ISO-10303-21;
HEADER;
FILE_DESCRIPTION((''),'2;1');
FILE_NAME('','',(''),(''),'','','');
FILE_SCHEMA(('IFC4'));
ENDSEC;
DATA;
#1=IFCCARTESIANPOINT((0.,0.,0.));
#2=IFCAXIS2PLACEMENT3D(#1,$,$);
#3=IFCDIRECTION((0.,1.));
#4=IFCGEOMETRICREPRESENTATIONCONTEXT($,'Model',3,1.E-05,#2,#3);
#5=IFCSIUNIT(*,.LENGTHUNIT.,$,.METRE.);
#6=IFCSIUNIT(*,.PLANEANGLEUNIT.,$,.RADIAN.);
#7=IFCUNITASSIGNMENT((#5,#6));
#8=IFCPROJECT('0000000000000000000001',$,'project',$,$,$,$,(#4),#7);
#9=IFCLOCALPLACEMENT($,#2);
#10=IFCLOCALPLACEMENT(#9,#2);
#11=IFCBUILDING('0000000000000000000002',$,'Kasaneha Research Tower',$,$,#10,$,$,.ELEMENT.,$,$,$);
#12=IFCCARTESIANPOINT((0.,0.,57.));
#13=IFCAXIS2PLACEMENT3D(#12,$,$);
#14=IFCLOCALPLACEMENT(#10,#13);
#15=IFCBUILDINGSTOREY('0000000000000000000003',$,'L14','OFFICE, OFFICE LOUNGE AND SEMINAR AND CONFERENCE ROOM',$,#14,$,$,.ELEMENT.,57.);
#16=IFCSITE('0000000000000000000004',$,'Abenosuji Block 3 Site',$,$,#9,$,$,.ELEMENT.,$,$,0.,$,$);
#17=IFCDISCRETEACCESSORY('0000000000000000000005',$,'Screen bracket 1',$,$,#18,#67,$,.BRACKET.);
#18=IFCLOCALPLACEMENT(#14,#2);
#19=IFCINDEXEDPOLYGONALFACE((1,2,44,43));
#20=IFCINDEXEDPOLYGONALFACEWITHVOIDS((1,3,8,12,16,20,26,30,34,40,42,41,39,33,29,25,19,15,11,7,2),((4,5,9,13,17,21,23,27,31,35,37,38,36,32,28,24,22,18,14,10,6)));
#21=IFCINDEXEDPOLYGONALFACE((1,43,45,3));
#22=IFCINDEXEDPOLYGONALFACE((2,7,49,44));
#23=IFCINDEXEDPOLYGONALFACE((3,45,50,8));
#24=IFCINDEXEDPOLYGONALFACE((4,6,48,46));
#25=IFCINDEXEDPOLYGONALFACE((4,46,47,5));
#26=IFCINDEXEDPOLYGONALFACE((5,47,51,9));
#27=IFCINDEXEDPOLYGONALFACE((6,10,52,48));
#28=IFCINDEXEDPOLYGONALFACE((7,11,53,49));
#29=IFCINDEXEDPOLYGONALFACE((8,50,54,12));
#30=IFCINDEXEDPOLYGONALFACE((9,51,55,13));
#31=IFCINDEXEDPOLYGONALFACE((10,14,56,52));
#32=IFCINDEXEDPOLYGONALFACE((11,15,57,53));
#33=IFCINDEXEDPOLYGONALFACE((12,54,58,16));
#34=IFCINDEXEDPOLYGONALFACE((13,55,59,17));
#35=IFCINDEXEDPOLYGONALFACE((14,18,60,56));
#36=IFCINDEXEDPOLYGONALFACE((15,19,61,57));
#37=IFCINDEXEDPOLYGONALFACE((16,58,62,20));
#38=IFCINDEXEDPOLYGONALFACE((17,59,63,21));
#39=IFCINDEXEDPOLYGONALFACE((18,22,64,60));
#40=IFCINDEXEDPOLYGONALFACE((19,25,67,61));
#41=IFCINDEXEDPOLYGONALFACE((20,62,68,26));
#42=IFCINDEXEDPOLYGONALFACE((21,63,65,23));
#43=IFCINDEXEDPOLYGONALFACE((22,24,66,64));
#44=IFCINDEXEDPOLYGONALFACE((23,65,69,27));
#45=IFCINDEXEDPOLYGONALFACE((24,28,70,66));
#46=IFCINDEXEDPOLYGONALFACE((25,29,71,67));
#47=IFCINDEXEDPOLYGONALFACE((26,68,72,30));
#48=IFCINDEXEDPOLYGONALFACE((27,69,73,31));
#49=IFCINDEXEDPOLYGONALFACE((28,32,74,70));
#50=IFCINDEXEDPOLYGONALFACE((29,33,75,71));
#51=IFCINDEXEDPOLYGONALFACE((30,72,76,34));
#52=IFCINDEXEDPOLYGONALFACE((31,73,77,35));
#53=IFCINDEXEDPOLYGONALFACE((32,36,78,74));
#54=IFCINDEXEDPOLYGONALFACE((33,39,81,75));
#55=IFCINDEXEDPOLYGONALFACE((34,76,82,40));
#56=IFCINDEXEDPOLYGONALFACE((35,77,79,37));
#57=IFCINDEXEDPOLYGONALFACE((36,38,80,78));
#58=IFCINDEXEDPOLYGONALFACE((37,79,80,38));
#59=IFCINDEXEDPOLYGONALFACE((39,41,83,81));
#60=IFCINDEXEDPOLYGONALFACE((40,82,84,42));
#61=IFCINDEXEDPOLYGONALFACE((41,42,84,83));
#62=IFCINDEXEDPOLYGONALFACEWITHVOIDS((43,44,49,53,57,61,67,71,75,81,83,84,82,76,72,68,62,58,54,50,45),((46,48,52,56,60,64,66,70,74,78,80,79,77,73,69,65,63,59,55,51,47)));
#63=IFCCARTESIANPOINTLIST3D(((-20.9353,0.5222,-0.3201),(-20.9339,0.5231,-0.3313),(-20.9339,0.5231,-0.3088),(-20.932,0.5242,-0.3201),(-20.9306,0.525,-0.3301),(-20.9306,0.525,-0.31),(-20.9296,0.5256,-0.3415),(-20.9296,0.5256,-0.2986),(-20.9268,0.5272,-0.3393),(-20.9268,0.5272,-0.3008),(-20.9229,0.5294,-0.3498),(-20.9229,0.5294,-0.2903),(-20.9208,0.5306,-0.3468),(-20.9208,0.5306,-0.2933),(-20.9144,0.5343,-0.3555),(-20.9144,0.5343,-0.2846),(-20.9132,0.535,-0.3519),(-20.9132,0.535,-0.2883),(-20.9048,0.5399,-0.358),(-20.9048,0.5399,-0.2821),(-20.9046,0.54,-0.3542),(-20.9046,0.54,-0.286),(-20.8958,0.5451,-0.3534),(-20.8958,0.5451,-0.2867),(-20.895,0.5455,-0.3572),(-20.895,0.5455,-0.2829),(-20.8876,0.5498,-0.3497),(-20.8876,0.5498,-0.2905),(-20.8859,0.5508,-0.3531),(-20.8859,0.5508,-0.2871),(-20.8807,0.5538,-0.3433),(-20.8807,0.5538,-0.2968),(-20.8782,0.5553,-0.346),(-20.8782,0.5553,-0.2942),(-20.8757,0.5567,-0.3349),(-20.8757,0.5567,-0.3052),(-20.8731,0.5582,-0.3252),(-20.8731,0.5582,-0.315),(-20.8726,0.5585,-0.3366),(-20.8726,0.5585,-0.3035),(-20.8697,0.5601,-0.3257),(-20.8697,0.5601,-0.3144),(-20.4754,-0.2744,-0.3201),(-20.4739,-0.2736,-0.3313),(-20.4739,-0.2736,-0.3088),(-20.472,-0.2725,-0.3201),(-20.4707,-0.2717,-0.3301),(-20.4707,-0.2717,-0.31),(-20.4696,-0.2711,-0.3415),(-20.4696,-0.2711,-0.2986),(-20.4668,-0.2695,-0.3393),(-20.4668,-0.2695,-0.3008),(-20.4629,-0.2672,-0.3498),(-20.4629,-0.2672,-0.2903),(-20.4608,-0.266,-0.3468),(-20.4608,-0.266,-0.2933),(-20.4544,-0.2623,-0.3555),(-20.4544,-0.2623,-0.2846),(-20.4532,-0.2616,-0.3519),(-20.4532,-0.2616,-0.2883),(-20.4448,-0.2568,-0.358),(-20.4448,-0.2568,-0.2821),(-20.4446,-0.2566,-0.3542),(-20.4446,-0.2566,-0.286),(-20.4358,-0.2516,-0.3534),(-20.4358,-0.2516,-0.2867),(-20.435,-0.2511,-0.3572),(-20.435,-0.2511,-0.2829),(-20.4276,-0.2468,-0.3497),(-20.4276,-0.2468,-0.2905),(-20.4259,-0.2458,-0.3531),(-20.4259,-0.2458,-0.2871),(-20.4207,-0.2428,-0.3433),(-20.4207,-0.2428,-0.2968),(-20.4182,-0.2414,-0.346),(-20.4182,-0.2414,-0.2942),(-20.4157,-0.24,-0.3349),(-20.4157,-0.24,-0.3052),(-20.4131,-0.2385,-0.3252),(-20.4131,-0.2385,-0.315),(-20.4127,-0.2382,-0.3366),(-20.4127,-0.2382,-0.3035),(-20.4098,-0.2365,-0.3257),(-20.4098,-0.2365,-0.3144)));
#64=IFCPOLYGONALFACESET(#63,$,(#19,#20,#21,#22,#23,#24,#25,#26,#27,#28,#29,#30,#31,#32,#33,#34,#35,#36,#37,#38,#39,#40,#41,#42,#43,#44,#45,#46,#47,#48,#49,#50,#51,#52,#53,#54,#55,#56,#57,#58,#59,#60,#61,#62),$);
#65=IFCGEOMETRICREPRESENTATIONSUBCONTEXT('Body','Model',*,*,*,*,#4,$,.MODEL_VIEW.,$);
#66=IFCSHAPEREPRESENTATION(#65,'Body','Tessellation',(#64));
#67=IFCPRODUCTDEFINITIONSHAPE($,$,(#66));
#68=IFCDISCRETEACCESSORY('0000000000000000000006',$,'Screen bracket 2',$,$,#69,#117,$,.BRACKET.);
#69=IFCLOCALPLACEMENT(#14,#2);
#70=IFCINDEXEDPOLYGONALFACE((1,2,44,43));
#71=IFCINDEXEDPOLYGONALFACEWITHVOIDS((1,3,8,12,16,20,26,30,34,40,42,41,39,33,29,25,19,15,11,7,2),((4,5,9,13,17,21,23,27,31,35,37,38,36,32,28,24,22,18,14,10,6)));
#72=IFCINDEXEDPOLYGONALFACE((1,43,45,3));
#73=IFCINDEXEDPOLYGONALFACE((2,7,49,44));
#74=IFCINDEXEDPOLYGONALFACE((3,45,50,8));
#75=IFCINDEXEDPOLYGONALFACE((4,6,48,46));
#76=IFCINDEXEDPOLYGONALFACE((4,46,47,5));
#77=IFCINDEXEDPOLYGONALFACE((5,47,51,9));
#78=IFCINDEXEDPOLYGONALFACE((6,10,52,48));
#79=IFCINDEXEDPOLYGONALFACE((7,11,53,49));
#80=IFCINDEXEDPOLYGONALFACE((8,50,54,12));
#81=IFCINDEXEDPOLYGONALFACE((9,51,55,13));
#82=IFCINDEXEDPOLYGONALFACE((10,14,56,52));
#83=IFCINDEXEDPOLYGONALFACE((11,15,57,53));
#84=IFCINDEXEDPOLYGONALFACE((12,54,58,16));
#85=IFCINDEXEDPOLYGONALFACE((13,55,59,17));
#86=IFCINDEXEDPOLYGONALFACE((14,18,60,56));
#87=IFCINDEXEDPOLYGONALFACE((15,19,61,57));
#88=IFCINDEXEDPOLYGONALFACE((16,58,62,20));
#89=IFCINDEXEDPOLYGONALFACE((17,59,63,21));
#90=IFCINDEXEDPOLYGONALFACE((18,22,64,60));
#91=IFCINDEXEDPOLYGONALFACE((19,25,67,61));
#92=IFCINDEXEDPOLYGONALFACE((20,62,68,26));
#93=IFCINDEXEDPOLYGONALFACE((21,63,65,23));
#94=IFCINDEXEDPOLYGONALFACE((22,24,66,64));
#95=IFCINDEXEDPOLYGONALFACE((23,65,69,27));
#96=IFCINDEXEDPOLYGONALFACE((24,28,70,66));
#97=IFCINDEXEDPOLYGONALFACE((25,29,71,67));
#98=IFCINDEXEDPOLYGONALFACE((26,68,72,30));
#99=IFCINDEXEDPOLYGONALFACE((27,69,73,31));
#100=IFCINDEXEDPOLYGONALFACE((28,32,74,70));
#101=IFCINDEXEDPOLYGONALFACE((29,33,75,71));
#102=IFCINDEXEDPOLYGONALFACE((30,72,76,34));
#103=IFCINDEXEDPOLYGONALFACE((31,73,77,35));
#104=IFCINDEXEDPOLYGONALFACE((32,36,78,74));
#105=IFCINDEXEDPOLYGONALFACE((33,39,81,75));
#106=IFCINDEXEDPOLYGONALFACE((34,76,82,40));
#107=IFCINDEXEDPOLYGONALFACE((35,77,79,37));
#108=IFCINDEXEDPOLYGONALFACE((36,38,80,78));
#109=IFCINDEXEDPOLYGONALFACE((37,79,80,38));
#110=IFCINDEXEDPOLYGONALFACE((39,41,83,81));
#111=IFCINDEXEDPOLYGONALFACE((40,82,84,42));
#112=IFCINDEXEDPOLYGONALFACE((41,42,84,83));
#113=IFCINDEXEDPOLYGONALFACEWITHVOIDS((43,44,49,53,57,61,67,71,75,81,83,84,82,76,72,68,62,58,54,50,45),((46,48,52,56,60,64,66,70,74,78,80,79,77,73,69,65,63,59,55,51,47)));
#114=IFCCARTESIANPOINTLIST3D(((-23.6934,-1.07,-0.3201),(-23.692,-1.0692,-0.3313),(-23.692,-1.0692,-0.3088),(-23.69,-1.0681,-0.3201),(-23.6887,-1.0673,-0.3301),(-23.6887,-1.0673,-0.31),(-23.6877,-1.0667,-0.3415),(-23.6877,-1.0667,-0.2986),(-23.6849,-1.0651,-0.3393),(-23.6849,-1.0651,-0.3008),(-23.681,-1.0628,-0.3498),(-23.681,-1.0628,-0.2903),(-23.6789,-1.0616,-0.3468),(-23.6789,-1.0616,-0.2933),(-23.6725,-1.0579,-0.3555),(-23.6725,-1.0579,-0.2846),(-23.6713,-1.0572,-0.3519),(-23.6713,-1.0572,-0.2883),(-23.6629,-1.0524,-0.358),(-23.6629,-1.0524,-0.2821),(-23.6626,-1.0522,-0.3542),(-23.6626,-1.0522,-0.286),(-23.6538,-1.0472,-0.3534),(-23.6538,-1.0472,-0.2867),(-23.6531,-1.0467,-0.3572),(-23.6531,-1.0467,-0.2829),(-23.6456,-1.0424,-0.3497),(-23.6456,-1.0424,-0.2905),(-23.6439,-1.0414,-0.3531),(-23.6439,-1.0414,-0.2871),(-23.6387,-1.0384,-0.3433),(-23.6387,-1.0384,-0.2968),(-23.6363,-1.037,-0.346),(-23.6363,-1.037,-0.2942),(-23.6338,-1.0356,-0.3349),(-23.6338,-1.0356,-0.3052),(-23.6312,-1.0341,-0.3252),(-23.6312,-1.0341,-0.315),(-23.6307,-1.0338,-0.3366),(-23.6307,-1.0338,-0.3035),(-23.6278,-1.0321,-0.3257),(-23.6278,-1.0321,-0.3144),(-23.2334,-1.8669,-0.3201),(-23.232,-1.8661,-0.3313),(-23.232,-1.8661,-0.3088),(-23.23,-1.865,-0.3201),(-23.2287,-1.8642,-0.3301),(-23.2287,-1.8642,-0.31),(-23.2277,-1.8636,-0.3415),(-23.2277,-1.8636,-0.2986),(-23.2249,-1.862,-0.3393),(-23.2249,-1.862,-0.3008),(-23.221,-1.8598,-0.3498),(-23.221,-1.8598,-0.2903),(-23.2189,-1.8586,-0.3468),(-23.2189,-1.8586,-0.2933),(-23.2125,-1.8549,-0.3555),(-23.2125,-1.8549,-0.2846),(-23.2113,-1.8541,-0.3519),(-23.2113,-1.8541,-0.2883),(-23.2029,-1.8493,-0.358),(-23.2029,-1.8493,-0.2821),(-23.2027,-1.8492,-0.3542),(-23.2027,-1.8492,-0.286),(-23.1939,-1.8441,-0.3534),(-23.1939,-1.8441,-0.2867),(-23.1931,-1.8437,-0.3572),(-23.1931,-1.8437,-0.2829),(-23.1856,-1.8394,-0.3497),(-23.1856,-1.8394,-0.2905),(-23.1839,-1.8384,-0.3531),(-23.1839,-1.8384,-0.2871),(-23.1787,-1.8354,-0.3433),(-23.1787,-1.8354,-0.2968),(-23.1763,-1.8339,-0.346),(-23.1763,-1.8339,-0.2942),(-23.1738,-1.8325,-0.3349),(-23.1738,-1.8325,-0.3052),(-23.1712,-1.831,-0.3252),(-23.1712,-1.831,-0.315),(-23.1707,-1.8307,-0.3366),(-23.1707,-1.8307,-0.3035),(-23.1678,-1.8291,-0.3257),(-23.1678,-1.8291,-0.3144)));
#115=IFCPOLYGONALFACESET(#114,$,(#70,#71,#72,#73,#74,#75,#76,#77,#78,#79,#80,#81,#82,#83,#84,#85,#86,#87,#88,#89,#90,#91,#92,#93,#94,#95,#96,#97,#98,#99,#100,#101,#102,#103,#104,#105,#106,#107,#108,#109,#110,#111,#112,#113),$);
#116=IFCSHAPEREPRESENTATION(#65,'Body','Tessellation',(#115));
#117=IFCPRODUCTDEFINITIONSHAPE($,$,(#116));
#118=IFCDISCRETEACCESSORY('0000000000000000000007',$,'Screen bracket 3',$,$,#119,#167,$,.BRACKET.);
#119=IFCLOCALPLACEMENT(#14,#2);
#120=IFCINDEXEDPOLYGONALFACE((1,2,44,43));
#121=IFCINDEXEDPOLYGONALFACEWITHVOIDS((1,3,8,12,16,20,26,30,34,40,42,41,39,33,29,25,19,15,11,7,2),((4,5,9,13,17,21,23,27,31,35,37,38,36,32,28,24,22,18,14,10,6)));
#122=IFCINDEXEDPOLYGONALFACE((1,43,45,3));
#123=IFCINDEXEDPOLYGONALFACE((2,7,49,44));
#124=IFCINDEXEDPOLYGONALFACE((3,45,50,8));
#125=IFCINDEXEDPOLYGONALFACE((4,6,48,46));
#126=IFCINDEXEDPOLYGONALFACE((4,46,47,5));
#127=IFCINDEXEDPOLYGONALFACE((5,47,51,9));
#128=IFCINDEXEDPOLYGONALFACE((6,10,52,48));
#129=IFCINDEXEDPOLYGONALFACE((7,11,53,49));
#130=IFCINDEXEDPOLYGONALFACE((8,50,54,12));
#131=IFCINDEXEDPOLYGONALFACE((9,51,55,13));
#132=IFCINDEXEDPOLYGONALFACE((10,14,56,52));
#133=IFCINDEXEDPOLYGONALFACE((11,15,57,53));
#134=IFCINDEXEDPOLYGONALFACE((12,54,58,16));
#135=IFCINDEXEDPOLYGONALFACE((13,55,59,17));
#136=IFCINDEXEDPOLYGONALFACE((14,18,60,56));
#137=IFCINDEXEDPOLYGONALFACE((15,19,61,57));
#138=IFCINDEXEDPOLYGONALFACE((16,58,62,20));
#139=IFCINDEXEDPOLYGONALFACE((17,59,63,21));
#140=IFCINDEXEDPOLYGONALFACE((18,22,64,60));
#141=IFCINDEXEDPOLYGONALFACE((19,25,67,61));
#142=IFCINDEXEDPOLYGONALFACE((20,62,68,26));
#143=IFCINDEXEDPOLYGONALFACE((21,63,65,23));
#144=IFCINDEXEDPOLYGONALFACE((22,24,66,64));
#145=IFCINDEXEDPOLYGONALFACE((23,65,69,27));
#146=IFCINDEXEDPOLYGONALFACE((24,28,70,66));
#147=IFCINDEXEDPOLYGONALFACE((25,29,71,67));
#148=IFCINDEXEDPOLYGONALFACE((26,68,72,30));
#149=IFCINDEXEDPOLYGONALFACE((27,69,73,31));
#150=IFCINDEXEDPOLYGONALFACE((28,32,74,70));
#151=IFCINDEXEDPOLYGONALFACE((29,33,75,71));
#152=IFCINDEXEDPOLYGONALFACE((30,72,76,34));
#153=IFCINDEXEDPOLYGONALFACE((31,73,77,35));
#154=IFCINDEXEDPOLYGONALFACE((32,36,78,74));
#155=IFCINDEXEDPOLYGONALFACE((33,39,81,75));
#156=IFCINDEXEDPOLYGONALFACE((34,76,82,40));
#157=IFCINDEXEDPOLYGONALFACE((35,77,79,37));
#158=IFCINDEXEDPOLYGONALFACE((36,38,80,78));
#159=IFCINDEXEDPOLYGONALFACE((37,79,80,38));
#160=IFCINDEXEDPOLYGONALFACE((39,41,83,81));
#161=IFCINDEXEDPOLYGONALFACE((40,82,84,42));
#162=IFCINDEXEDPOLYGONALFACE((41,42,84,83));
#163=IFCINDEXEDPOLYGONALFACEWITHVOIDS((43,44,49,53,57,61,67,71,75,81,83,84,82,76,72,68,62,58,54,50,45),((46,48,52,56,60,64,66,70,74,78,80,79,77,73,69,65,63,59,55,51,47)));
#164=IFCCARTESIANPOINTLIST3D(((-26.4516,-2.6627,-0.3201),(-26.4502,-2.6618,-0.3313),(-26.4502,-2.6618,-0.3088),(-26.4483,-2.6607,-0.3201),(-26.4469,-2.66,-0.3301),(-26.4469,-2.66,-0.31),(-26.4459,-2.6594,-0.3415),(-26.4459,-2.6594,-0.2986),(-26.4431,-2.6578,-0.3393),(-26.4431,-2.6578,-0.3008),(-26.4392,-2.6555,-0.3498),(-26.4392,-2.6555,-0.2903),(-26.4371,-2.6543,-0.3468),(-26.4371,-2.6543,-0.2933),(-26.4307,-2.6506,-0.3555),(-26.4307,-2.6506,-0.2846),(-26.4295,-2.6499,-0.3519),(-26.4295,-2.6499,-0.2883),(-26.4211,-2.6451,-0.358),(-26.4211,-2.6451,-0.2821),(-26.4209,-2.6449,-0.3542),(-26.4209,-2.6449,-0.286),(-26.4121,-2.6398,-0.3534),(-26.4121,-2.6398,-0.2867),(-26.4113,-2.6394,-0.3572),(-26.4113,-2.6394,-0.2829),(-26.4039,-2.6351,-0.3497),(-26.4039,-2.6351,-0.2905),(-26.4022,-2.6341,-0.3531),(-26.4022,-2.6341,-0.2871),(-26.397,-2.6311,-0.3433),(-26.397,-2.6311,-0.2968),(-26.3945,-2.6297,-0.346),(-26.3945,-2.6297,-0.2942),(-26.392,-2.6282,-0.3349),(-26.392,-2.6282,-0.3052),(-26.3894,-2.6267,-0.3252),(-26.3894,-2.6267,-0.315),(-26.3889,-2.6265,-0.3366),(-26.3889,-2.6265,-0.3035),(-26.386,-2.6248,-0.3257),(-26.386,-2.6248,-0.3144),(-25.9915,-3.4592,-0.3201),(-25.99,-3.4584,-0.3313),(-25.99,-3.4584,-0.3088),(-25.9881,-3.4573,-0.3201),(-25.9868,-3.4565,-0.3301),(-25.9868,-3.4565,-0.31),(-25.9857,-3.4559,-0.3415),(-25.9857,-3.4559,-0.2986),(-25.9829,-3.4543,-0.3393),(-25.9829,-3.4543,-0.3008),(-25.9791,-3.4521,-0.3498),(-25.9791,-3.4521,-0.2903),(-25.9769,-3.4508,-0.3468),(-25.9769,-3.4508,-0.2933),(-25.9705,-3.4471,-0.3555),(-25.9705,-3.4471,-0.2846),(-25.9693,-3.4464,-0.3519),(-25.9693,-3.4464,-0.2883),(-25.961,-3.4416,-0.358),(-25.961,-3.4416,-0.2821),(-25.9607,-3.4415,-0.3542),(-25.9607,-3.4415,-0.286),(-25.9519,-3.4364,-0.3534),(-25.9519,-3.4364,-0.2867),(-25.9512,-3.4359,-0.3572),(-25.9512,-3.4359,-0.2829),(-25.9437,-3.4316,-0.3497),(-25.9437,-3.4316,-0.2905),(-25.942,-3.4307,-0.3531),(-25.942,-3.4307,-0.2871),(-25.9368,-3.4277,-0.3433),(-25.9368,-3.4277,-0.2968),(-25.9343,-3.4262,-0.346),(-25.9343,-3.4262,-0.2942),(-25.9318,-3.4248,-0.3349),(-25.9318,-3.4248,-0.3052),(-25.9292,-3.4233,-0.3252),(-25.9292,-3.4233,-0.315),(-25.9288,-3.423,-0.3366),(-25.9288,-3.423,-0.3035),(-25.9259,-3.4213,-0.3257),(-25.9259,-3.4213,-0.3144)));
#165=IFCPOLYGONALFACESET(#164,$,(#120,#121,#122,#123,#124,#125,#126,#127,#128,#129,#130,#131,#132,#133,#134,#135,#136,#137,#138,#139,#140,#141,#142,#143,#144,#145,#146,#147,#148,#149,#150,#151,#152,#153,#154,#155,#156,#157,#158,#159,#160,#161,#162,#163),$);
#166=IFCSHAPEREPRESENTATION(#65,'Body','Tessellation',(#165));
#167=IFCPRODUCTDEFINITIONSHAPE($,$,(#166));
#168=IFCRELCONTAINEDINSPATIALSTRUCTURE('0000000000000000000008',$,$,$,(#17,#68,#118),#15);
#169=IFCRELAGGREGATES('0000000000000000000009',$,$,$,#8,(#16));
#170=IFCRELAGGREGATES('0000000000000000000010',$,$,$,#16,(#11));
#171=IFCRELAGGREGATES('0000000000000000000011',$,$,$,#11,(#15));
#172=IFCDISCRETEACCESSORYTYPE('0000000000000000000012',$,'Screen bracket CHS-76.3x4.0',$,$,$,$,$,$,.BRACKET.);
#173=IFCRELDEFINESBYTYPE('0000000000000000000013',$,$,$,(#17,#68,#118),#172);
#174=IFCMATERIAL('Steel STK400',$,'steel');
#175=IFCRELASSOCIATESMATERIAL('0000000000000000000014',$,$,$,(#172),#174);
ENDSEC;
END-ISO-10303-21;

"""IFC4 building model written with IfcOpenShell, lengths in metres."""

from ifc_helpers import new_model, si_unit, direction, frame, origin, origin_2d, place, context, subcontext, project, spatial, hollow_circle, extrude, material, material_profile, profile_set, type_object, element, save


model = new_model("IFC4")

# Units and contexts
model_context = context("Model", 3, precision=1e-05, world=origin(), true_north=direction((0.0, 1.0)))
body_context = subcontext(model_context, "Body", "Model", "MODEL_VIEW")
ifc_project = project(units=[si_unit("LENGTHUNIT", "METRE"), si_unit("PLANEANGLEUNIT", "RADIAN")], contexts=[model_context])

# Site, building, storey
site_placement = place(None, origin())
site = spatial("IfcSite", under=ifc_project, at=site_placement, Name="Abenosuji Block 3 Site", CompositionType="ELEMENT", RefElevation=0.0)
building_placement = place(site_placement, origin())
building = spatial("IfcBuilding", under=site, at=building_placement, Name="Kasaneha Research Tower", CompositionType="ELEMENT")
storey_placement = place(building_placement, frame((0.0, 0.0, 57.0)))
storey = spatial("IfcBuildingStorey", under=building, at=storey_placement, Name="L14", Description="OFFICE, OFFICE LOUNGE AND SEMINAR AND CONFERENCE ROOM", CompositionType="ELEMENT", Elevation=57.0)

# Discrete accessories
ifc_material_1 = material(Name="Steel STK400", Category="steel")
ifc_material_profile_1 = material_profile(ifc_material_1, hollow_circle(Radius=0.0381, WallThickness=0.0039, at=origin_2d()), Name="CHS-76.3x4.0")
ifc_profile_set_1 = profile_set([ifc_material_profile_1], Name="Steel STK400")
discrete_accessory_type = type_object("IfcDiscreteAccessoryType", Name="Screen bracket CHS-76.3x4.0", PredefinedType="BRACKET", material=ifc_profile_set_1)
discrete_accessory_1_placement = place(storey_placement, frame((-20.4424, -0.2554, -0.3201), z_axis=(-0.500021, 0.866013, 0.0), x_axis=(-0.866013, -0.500021, 0.0)))
element("IfcDiscreteAccessory", 1, at=discrete_accessory_1_placement, inside=storey, type_object=discrete_accessory_type, Name="Screen bracket 1", PredefinedType="BRACKET", context=body_context, shape_type="SweptSolid", body=[
    extrude(hollow_circle(Radius=0.0381, WallThickness=0.0039, at=origin_2d()), origin(), (0.0, 0.0, 1.0), 0.9199),
])
discrete_accessory_2_placement = place(storey_placement, frame((-23.2004, -1.8479, -0.3201), z_axis=(-0.499906, 0.86608, 0.0), x_axis=(-0.86608, -0.499906, 0.0)))
element("IfcDiscreteAccessory", 2, at=discrete_accessory_2_placement, inside=storey, type_object=discrete_accessory_type, Name="Screen bracket 2", PredefinedType="BRACKET", context=body_context, shape_type="SweptSolid", body=[
    extrude(hollow_circle(Radius=0.0381, WallThickness=0.0039, at=origin_2d()), origin(), (0.0, 0.0, 1.0), 0.9202),
])
discrete_accessory_3_placement = place(storey_placement, frame((-25.9585, -3.4402, -0.3201), z_axis=(-0.50022, 0.865898, 0.0), x_axis=(-0.865898, -0.50022, 0.0)))
element("IfcDiscreteAccessory", 3, at=discrete_accessory_3_placement, inside=storey, type_object=discrete_accessory_type, Name="Screen bracket 3", PredefinedType="BRACKET", context=body_context, shape_type="SweptSolid", body=[
    extrude(hollow_circle(Radius=0.0381, WallThickness=0.0039, at=origin_2d()), origin(), (0.0, 0.0, 1.0), 0.9199),
])

save(model, "model.ifc")
